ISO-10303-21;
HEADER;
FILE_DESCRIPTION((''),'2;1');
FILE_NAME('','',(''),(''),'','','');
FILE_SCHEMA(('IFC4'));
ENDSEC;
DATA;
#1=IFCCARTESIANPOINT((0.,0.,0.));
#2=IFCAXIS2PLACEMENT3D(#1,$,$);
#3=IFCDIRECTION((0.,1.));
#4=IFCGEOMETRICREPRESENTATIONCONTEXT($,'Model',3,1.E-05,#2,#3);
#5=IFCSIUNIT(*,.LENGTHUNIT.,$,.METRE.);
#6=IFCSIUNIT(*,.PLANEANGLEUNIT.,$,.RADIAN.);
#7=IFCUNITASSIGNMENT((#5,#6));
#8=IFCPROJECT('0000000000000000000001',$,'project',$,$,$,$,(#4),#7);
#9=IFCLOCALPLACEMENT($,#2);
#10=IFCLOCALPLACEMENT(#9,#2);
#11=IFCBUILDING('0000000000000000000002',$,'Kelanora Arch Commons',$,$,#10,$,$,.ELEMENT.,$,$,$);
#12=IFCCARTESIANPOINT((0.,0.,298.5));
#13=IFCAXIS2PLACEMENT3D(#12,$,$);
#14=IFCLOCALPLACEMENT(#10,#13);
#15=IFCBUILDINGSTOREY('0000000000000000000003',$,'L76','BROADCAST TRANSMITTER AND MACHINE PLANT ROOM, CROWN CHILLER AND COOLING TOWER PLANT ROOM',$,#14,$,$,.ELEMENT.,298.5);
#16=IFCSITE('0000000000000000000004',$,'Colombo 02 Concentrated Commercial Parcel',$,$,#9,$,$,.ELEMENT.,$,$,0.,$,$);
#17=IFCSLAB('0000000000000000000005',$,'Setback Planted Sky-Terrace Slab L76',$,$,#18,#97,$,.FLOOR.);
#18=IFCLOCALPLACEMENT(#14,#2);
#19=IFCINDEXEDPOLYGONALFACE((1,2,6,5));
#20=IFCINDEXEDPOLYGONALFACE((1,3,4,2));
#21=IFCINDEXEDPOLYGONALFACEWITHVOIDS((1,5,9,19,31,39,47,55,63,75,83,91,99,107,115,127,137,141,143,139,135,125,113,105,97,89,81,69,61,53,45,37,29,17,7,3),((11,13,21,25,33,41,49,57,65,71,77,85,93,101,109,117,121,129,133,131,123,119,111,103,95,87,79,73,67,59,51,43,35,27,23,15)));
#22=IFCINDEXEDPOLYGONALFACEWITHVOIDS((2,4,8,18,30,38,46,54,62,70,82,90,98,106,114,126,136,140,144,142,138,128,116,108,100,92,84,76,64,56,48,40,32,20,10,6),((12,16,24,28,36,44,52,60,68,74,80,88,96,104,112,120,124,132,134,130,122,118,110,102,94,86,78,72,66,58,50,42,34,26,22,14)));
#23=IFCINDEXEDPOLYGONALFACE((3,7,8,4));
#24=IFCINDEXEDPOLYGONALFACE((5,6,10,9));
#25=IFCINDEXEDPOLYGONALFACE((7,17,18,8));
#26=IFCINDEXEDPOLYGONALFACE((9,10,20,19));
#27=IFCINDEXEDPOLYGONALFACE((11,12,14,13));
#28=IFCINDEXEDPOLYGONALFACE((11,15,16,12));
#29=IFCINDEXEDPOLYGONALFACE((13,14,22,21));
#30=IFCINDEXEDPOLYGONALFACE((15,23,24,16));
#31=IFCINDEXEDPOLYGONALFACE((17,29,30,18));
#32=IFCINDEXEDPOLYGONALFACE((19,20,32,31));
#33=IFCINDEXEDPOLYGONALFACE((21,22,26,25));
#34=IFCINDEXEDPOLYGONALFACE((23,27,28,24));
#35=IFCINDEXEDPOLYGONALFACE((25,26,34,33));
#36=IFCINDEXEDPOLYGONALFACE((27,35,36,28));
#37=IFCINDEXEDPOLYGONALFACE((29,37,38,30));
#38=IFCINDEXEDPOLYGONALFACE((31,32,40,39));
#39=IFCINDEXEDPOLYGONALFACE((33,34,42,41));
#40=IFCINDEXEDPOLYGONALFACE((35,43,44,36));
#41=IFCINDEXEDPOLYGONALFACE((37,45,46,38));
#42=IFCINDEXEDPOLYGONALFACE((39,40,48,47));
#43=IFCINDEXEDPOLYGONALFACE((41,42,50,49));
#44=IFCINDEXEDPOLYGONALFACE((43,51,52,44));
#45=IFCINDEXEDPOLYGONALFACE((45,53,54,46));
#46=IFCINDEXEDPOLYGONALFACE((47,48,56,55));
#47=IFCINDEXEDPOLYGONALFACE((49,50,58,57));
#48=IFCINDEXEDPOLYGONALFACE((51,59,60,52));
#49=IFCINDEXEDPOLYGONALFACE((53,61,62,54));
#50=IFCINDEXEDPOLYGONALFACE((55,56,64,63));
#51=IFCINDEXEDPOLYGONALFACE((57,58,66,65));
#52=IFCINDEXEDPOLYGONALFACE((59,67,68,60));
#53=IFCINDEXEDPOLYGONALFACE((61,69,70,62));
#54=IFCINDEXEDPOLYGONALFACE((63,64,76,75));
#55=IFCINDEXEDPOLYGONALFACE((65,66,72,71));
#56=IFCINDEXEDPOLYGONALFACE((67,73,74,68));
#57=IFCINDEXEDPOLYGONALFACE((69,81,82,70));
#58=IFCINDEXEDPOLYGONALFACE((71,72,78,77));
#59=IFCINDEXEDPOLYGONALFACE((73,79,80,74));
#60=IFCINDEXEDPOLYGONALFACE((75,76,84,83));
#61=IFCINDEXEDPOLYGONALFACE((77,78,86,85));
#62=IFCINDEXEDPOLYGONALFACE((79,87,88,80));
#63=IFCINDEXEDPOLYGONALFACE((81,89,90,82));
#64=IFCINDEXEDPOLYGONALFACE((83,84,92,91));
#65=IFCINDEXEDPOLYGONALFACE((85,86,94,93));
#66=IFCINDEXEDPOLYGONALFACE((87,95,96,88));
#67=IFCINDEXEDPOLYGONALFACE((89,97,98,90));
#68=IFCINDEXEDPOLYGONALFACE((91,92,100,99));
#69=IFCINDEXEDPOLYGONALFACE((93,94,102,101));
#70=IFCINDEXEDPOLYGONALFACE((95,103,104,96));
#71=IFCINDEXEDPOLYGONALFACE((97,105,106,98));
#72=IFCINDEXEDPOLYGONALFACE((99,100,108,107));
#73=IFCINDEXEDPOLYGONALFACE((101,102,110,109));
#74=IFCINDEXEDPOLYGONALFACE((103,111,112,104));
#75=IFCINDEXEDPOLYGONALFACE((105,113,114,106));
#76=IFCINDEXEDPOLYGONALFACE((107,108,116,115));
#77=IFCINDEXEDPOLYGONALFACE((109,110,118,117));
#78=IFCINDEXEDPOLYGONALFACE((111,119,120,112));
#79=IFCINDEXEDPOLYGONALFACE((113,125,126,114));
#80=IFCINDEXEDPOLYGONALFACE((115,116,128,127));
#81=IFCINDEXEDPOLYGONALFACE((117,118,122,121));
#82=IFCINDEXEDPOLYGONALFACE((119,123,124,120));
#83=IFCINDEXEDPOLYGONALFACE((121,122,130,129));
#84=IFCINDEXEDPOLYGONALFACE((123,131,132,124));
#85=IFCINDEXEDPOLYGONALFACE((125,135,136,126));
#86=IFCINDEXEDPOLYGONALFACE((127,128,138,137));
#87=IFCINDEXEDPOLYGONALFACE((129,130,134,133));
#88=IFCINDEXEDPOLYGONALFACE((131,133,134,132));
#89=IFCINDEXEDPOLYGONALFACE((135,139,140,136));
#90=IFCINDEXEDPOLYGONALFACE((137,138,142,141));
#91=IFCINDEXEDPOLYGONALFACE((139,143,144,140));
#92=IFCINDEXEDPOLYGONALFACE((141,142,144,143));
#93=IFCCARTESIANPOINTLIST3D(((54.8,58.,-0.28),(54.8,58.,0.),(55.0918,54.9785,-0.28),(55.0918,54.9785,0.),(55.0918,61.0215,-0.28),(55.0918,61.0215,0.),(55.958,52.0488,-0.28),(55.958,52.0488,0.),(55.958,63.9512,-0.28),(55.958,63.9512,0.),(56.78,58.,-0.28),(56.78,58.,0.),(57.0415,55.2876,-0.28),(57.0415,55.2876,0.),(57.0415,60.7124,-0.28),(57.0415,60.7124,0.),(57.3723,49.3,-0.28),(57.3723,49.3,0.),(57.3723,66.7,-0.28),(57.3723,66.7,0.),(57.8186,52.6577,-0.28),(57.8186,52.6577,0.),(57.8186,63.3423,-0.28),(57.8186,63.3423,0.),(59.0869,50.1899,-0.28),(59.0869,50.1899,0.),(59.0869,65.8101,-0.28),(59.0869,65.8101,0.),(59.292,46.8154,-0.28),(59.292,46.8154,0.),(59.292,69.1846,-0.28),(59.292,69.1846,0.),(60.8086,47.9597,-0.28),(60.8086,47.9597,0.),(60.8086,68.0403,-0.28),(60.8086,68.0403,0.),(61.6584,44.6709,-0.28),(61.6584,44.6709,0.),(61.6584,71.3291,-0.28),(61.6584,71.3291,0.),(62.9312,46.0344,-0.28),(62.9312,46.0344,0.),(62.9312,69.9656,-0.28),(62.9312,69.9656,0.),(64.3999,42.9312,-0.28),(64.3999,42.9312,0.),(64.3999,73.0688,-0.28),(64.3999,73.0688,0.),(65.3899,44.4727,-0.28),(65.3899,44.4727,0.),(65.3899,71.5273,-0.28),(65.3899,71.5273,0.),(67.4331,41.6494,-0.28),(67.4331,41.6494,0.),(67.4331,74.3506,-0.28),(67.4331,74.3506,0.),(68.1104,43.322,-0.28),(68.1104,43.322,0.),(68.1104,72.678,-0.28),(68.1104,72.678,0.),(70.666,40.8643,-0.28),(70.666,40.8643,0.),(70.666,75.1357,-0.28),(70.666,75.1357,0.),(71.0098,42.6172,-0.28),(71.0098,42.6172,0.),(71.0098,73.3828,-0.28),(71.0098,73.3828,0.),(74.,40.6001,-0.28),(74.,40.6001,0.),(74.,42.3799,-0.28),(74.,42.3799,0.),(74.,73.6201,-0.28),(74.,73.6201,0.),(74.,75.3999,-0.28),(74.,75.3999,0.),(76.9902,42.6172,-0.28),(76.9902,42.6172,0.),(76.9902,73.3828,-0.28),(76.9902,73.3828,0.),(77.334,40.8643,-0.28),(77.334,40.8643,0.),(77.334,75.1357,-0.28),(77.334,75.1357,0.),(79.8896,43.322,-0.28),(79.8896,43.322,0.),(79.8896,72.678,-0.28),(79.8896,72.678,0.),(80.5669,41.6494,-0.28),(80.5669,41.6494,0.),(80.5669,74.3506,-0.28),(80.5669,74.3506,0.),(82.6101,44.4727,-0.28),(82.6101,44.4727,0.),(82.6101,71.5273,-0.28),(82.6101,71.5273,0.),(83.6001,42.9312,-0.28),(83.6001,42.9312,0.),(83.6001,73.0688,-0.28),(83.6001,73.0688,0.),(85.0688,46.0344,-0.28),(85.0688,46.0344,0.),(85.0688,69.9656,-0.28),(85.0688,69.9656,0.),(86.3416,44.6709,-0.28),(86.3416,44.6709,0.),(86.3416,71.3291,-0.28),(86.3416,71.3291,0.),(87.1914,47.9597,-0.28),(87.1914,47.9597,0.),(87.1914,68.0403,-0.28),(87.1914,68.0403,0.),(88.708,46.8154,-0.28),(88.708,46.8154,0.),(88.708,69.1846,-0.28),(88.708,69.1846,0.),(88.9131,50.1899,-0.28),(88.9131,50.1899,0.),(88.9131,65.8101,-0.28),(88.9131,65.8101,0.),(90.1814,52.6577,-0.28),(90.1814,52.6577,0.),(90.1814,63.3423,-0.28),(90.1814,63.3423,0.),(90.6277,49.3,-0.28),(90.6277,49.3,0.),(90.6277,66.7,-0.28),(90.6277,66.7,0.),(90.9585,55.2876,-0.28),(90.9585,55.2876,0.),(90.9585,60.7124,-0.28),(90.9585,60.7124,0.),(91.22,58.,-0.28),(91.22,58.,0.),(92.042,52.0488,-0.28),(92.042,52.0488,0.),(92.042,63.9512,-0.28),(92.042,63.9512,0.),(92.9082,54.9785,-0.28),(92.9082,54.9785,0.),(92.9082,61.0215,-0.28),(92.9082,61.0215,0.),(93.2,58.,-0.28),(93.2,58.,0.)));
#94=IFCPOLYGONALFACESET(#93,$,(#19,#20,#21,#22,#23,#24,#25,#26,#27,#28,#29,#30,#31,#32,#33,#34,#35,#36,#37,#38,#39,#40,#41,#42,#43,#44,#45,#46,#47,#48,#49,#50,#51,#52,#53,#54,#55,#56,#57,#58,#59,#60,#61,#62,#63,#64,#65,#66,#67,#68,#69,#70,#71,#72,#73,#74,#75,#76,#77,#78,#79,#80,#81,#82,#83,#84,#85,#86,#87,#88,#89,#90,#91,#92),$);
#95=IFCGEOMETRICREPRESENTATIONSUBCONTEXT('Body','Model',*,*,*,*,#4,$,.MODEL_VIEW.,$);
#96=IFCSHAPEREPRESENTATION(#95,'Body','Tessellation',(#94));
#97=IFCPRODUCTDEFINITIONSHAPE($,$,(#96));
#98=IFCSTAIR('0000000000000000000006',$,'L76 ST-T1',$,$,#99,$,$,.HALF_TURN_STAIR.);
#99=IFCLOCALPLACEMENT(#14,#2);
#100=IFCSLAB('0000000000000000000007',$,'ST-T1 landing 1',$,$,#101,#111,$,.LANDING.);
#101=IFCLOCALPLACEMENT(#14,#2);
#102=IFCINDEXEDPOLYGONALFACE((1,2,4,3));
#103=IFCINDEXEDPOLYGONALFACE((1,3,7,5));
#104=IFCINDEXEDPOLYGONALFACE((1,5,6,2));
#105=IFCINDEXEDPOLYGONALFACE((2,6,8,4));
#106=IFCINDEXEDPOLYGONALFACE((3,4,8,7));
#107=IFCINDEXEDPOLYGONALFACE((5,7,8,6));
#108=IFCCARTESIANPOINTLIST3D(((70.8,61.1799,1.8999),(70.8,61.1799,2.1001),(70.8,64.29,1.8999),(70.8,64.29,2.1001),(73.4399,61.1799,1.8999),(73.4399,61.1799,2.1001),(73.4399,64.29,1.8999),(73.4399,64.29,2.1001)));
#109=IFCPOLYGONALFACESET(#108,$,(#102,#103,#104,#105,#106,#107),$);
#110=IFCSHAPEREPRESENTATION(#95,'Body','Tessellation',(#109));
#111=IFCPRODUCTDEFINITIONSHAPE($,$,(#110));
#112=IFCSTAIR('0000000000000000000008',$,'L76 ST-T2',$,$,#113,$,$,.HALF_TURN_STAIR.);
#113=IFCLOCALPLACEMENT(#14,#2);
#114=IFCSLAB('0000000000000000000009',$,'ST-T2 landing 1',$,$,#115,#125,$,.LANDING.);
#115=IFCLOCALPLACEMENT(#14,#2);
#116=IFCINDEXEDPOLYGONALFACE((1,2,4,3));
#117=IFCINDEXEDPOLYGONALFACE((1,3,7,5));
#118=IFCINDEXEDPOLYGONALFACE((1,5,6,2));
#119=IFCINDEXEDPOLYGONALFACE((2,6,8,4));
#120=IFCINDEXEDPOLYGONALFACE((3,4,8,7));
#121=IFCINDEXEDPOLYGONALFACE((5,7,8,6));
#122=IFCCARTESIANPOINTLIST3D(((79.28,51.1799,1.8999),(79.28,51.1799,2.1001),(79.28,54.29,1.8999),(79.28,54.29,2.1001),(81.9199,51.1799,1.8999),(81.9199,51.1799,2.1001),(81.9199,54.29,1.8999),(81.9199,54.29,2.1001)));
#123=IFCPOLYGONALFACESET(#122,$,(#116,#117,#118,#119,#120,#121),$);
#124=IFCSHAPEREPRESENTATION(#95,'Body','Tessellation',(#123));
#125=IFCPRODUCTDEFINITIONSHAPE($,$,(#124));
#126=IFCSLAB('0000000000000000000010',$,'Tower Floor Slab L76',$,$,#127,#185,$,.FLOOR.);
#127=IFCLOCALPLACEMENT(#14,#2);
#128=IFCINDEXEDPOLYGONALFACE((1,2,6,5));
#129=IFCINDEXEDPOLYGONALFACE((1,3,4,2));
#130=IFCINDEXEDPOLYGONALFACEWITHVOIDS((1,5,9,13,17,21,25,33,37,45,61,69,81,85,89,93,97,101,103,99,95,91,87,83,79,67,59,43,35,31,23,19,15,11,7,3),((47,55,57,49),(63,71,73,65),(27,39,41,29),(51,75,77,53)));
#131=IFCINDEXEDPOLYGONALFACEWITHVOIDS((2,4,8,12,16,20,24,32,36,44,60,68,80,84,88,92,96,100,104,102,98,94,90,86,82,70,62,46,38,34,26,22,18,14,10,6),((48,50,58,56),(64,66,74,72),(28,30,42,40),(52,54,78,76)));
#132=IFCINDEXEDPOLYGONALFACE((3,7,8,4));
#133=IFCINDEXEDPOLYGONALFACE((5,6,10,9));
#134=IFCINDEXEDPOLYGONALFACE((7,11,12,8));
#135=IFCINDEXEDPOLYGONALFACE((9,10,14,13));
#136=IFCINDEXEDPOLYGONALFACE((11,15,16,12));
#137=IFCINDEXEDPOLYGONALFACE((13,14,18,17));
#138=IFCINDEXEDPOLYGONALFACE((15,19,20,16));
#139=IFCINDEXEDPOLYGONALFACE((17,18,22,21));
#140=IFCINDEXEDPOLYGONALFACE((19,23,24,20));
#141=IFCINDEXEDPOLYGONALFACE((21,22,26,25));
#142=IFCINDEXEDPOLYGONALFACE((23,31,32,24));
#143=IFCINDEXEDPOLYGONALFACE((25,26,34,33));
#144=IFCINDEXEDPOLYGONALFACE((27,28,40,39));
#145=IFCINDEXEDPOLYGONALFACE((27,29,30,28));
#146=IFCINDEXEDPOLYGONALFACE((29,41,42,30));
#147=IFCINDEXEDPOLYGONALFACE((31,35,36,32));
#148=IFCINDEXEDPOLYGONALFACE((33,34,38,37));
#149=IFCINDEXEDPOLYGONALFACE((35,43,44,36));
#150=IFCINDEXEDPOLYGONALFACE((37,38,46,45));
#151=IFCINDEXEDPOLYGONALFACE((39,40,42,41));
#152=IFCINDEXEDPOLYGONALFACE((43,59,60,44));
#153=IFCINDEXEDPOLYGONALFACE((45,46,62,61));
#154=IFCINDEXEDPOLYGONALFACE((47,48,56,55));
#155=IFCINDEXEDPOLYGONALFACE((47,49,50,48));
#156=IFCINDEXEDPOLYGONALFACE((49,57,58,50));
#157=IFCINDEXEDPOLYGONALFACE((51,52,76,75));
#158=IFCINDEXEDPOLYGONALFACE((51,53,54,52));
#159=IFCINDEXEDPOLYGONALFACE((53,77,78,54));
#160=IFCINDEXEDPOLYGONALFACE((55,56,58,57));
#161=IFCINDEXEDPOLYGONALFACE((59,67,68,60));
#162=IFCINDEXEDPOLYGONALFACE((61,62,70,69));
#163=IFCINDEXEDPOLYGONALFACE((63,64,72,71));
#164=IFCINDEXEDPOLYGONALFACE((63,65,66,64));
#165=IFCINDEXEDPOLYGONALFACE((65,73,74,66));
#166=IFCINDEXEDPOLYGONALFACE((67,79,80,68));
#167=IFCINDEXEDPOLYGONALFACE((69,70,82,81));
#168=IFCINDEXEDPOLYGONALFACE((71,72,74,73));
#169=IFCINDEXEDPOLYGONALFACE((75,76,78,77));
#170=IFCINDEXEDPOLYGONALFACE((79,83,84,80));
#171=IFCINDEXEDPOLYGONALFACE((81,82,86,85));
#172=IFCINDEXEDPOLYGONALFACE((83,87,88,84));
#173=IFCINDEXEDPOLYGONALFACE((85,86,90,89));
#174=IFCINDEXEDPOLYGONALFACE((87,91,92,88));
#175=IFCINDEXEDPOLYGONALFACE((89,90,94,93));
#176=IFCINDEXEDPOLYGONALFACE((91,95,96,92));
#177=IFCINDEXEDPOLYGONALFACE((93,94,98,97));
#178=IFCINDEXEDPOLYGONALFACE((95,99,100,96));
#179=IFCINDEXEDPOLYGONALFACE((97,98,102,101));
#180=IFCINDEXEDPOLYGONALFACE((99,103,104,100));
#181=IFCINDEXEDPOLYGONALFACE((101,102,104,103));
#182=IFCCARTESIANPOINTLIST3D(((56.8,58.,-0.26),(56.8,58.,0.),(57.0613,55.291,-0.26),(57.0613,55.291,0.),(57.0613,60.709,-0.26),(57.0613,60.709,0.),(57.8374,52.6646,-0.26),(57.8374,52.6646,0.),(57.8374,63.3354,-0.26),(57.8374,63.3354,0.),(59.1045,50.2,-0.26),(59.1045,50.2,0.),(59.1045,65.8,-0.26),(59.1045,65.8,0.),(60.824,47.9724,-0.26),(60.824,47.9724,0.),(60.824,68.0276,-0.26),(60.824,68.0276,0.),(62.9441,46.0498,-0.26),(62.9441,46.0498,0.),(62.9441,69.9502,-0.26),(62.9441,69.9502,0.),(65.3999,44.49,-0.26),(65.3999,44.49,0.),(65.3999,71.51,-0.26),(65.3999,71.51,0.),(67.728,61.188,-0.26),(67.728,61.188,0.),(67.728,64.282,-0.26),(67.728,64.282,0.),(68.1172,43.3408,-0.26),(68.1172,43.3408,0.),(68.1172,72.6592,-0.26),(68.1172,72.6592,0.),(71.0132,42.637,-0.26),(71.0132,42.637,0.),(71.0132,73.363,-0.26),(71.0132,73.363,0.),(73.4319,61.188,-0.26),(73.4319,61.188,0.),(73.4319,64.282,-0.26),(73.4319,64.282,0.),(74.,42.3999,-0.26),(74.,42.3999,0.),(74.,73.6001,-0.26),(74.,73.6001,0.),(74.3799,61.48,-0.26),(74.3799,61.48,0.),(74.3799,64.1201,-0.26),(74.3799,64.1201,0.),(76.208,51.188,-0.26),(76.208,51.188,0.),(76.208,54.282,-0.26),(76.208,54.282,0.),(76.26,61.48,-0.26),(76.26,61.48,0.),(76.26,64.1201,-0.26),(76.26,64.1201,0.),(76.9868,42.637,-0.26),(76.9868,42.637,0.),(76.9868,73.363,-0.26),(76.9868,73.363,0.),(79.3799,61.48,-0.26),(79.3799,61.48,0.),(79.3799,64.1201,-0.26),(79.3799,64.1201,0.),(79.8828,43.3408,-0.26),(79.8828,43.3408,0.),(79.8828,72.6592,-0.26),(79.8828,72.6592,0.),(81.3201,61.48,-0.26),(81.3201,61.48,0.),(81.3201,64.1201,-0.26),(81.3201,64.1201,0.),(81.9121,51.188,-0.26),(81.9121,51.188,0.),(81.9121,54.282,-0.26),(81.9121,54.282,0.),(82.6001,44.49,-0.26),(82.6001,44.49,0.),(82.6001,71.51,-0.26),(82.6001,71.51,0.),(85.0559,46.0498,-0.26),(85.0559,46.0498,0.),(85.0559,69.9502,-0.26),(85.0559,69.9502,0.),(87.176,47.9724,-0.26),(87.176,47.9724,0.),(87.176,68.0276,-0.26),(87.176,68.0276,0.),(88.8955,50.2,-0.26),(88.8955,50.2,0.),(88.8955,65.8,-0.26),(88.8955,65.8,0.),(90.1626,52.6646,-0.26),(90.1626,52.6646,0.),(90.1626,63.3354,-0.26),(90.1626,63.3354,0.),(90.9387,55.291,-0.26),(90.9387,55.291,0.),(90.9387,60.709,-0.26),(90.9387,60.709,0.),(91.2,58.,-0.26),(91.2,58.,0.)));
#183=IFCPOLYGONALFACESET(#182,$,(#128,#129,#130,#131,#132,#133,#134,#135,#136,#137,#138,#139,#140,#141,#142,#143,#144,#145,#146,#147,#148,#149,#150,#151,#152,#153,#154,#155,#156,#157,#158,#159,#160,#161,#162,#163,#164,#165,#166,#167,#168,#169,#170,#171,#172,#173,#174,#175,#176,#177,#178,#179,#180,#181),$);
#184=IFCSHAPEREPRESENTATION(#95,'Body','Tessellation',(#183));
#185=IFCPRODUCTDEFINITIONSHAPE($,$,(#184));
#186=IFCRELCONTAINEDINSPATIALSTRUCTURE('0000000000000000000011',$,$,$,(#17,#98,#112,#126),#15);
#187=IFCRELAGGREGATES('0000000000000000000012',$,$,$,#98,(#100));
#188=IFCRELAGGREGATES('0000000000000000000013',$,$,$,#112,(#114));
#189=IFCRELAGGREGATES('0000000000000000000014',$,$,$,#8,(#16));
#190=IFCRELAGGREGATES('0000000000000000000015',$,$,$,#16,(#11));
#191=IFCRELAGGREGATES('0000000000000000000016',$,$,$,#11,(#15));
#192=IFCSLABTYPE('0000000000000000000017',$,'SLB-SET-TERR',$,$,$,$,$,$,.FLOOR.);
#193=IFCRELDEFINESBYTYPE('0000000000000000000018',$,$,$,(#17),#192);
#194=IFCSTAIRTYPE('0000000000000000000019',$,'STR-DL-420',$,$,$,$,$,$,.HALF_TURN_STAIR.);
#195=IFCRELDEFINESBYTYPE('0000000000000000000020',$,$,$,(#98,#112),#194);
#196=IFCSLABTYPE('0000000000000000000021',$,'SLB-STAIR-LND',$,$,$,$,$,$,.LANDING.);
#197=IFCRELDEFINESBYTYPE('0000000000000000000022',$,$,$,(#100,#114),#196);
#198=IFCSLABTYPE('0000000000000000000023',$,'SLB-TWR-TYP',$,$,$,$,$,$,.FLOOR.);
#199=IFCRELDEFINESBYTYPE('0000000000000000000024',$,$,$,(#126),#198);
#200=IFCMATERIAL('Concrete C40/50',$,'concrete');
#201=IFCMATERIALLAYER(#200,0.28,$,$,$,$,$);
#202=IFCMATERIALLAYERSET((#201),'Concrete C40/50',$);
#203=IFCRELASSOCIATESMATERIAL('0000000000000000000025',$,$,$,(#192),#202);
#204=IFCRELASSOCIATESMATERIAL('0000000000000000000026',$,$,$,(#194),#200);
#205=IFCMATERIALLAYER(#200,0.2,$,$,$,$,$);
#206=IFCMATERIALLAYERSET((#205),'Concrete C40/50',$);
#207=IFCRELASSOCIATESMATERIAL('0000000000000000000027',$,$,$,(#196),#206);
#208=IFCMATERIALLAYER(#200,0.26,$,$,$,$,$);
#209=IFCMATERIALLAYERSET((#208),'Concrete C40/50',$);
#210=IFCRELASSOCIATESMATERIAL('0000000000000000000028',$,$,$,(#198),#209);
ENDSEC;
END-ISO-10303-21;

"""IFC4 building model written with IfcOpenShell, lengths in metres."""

from ifc_helpers import new_model, si_unit, direction, frame, origin, place, context, subcontext, project, spatial, polyline, outline, extrude, material, layer, layer_set, type_object, element, aggregate, save


model = new_model("IFC4")

# Units and contexts
model_context = context("Model", 3, precision=1e-05, world=origin(), true_north=direction((0.0, 1.0)))
body_context = subcontext(model_context, "Body", "Model", "MODEL_VIEW")
ifc_project = project(units=[si_unit("LENGTHUNIT", "METRE"), si_unit("PLANEANGLEUNIT", "RADIAN")], contexts=[model_context])

# Site, building, storey
site_placement = place(None, origin())
site = spatial("IfcSite", under=ifc_project, at=site_placement, Name="Colombo 02 Concentrated Commercial Parcel", CompositionType="ELEMENT", RefElevation=0.0)
building_placement = place(site_placement, origin())
building = spatial("IfcBuilding", under=site, at=building_placement, Name="Kelanora Arch Commons", CompositionType="ELEMENT")
storey_placement = place(building_placement, frame((0.0, 0.0, 298.5)))
storey = spatial("IfcBuildingStorey", under=building, at=storey_placement, Name="L76", Description="BROADCAST TRANSMITTER AND MACHINE PLANT ROOM, CROWN CHILLER AND COOLING TOWER PLANT ROOM", CompositionType="ELEMENT", Elevation=298.5)

# Slab
ifc_material_1 = material(Name="Concrete C40/50", Category="concrete")
ifc_layer_1 = layer(ifc_material_1, 0.28)
ifc_layer_set_1 = layer_set([ifc_layer_1], Name="Concrete C40/50")
slab_type_1 = type_object("IfcSlabType", Name="SLB-SET-TERR", PredefinedType="FLOOR", material=ifc_layer_set_1)
slab_1_placement = place(storey_placement, frame((0.0, 0.0, -0.28)))
element("IfcSlab", 1, at=slab_1_placement, inside=storey, type_object=slab_type_1, Name="Setback Planted Sky-Terrace Slab L76", PredefinedType="FLOOR", context=body_context, shape_type="SweptSolid", body=[
    extrude(outline(polyline([(93.2, 58.0), (92.9082, 61.0215), (92.042, 63.9512), (90.6277, 66.7), (88.708, 69.1846), (86.3416, 71.3291), (83.6001, 73.0688), (80.5669, 74.3506), (77.334, 75.1357), (74.0, 75.3999), (70.666, 75.1357), (67.4331, 74.3506), (64.3999, 73.0688), (61.6584, 71.3291), (59.292, 69.1846), (57.3723, 66.7), (55.958, 63.9512), (55.0918, 61.0215), (54.8, 58.0), (55.0918, 54.9785), (55.958, 52.0488), (57.3723, 49.3), (59.292, 46.8154), (61.6584, 44.6709), (64.3999, 42.9312), (67.4331, 41.6494), (70.666, 40.8643), (74.0, 40.6001), (77.334, 40.8643), (80.5669, 41.6494), (83.6001, 42.9312), (86.3416, 44.6709), (88.708, 46.8154), (90.6277, 49.3), (92.042, 52.0488), (92.9082, 54.9785), (93.2, 58.0)]), holes=[polyline([(90.9585, 55.2876), (90.1814, 52.6577), (88.9131, 50.1899), (87.1914, 47.9597), (85.0688, 46.0344), (82.6101, 44.4727), (79.8896, 43.322), (76.9902, 42.6172), (74.0, 42.3799), (71.0098, 42.6172), (68.1104, 43.322), (65.3899, 44.4727), (62.9312, 46.0344), (60.8086, 47.9597), (59.0869, 50.1899), (57.8186, 52.6577), (57.0415, 55.2876), (56.78, 58.0), (57.0415, 60.7124), (57.8186, 63.3423), (59.0869, 65.8101), (60.8086, 68.0403), (62.9312, 69.9656), (65.3899, 71.5273), (68.1104, 72.678), (71.0098, 73.3828), (74.0, 73.6201), (76.9902, 73.3828), (79.8896, 72.678), (82.6101, 71.5273), (85.0688, 69.9656), (87.1914, 68.0403), (88.9131, 65.8101), (90.1814, 63.3423), (90.9585, 60.7124), (91.22, 58.0), (90.9585, 55.2876)])]), origin(), (0.0, 0.0, 1.0), 0.28),
])

# Stairs, slabs
stair_type = type_object("IfcStairType", Name="STR-DL-420", PredefinedType="HALF_TURN_STAIR", material=ifc_material_1)
stair_1_placement = place(storey_placement, origin())
stair_1 = element("IfcStair", 2, at=stair_1_placement, inside=storey, type_object=stair_type, Name="L76 ST-T1", PredefinedType="HALF_TURN_STAIR")
ifc_layer_2 = layer(ifc_material_1, 0.2)
ifc_layer_set_2 = layer_set([ifc_layer_2], Name="Concrete C40/50")
slab_type_2 = type_object("IfcSlabType", Name="SLB-STAIR-LND", PredefinedType="LANDING", material=ifc_layer_set_2)
slab_2_placement = place(storey_placement, frame((0.0, 0.0, 1.8999)))
slab_2 = element("IfcSlab", 3, at=slab_2_placement, type_object=slab_type_2, Name="ST-T1 landing 1", PredefinedType="LANDING", context=body_context, shape_type="SweptSolid", body=[
    extrude(outline(polyline([(70.8, 61.1799), (73.4399, 61.1799), (73.4399, 64.29), (70.8, 64.29), (70.8, 61.1799)])), origin(), (0.0, 0.0, 1.0), 0.2002),
])
aggregate(stair_1, [slab_2])
stair_2_placement = place(storey_placement, origin())
stair_2 = element("IfcStair", 4, at=stair_2_placement, inside=storey, type_object=stair_type, Name="L76 ST-T2", PredefinedType="HALF_TURN_STAIR")
slab_3_placement = place(storey_placement, frame((0.0, 0.0, 1.8999)))
slab_3 = element("IfcSlab", 5, at=slab_3_placement, type_object=slab_type_2, Name="ST-T2 landing 1", PredefinedType="LANDING", context=body_context, shape_type="SweptSolid", body=[
    extrude(outline(polyline([(79.28, 51.1799), (81.9199, 51.1799), (81.9199, 54.29), (79.28, 54.29), (79.28, 51.1799)])), origin(), (0.0, 0.0, 1.0), 0.2002),
])
aggregate(stair_2, [slab_3])

# Slab
ifc_layer_3 = layer(ifc_material_1, 0.26)
ifc_layer_set_3 = layer_set([ifc_layer_3], Name="Concrete C40/50")
slab_type_3 = type_object("IfcSlabType", Name="SLB-TWR-TYP", PredefinedType="FLOOR", material=ifc_layer_set_3)
slab_4_placement = place(storey_placement, frame((0.0, 0.0, -0.26)))
element("IfcSlab", 6, at=slab_4_placement, inside=storey, type_object=slab_type_3, Name="Tower Floor Slab L76", PredefinedType="FLOOR", context=body_context, shape_type="SweptSolid", body=[
    extrude(outline(polyline([(91.2, 58.0), (90.9387, 60.709), (90.1626, 63.3354), (88.8955, 65.8), (87.176, 68.0276), (85.0559, 69.9502), (82.6001, 71.51), (79.8828, 72.6592), (76.9868, 73.363), (74.0, 73.6001), (71.0132, 73.363), (68.1172, 72.6592), (65.3999, 71.51), (62.9441, 69.9502), (60.824, 68.0276), (59.1045, 65.8), (57.8374, 63.3354), (57.0613, 60.709), (56.8, 58.0), (57.0613, 55.291), (57.8374, 52.6646), (59.1045, 50.2), (60.824, 47.9724), (62.9441, 46.0498), (65.3999, 44.49), (68.1172, 43.3408), (71.0132, 42.637), (74.0, 42.3999), (76.9868, 42.637), (79.8828, 43.3408), (82.6001, 44.49), (85.0559, 46.0498), (87.176, 47.9724), (88.8955, 50.2), (90.1626, 52.6646), (90.9387, 55.291), (91.2, 58.0)]), holes=[polyline([(81.9121, 51.188), (76.208, 51.188), (76.208, 54.282), (81.9121, 54.282), (81.9121, 51.188)]), polyline([(73.4319, 61.188), (67.728, 61.188), (67.728, 64.282), (73.4319, 64.282), (73.4319, 61.188)]), polyline([(76.26, 61.48), (74.3799, 61.48), (74.3799, 64.1201), (76.26, 64.1201), (76.26, 61.48)]), polyline([(81.3201, 61.48), (79.3799, 61.48), (79.3799, 64.1201), (81.3201, 64.1201), (81.3201, 61.48)])]), origin(), (0.0, 0.0, 1.0), 0.26),
])

save(model, "model.ifc")
